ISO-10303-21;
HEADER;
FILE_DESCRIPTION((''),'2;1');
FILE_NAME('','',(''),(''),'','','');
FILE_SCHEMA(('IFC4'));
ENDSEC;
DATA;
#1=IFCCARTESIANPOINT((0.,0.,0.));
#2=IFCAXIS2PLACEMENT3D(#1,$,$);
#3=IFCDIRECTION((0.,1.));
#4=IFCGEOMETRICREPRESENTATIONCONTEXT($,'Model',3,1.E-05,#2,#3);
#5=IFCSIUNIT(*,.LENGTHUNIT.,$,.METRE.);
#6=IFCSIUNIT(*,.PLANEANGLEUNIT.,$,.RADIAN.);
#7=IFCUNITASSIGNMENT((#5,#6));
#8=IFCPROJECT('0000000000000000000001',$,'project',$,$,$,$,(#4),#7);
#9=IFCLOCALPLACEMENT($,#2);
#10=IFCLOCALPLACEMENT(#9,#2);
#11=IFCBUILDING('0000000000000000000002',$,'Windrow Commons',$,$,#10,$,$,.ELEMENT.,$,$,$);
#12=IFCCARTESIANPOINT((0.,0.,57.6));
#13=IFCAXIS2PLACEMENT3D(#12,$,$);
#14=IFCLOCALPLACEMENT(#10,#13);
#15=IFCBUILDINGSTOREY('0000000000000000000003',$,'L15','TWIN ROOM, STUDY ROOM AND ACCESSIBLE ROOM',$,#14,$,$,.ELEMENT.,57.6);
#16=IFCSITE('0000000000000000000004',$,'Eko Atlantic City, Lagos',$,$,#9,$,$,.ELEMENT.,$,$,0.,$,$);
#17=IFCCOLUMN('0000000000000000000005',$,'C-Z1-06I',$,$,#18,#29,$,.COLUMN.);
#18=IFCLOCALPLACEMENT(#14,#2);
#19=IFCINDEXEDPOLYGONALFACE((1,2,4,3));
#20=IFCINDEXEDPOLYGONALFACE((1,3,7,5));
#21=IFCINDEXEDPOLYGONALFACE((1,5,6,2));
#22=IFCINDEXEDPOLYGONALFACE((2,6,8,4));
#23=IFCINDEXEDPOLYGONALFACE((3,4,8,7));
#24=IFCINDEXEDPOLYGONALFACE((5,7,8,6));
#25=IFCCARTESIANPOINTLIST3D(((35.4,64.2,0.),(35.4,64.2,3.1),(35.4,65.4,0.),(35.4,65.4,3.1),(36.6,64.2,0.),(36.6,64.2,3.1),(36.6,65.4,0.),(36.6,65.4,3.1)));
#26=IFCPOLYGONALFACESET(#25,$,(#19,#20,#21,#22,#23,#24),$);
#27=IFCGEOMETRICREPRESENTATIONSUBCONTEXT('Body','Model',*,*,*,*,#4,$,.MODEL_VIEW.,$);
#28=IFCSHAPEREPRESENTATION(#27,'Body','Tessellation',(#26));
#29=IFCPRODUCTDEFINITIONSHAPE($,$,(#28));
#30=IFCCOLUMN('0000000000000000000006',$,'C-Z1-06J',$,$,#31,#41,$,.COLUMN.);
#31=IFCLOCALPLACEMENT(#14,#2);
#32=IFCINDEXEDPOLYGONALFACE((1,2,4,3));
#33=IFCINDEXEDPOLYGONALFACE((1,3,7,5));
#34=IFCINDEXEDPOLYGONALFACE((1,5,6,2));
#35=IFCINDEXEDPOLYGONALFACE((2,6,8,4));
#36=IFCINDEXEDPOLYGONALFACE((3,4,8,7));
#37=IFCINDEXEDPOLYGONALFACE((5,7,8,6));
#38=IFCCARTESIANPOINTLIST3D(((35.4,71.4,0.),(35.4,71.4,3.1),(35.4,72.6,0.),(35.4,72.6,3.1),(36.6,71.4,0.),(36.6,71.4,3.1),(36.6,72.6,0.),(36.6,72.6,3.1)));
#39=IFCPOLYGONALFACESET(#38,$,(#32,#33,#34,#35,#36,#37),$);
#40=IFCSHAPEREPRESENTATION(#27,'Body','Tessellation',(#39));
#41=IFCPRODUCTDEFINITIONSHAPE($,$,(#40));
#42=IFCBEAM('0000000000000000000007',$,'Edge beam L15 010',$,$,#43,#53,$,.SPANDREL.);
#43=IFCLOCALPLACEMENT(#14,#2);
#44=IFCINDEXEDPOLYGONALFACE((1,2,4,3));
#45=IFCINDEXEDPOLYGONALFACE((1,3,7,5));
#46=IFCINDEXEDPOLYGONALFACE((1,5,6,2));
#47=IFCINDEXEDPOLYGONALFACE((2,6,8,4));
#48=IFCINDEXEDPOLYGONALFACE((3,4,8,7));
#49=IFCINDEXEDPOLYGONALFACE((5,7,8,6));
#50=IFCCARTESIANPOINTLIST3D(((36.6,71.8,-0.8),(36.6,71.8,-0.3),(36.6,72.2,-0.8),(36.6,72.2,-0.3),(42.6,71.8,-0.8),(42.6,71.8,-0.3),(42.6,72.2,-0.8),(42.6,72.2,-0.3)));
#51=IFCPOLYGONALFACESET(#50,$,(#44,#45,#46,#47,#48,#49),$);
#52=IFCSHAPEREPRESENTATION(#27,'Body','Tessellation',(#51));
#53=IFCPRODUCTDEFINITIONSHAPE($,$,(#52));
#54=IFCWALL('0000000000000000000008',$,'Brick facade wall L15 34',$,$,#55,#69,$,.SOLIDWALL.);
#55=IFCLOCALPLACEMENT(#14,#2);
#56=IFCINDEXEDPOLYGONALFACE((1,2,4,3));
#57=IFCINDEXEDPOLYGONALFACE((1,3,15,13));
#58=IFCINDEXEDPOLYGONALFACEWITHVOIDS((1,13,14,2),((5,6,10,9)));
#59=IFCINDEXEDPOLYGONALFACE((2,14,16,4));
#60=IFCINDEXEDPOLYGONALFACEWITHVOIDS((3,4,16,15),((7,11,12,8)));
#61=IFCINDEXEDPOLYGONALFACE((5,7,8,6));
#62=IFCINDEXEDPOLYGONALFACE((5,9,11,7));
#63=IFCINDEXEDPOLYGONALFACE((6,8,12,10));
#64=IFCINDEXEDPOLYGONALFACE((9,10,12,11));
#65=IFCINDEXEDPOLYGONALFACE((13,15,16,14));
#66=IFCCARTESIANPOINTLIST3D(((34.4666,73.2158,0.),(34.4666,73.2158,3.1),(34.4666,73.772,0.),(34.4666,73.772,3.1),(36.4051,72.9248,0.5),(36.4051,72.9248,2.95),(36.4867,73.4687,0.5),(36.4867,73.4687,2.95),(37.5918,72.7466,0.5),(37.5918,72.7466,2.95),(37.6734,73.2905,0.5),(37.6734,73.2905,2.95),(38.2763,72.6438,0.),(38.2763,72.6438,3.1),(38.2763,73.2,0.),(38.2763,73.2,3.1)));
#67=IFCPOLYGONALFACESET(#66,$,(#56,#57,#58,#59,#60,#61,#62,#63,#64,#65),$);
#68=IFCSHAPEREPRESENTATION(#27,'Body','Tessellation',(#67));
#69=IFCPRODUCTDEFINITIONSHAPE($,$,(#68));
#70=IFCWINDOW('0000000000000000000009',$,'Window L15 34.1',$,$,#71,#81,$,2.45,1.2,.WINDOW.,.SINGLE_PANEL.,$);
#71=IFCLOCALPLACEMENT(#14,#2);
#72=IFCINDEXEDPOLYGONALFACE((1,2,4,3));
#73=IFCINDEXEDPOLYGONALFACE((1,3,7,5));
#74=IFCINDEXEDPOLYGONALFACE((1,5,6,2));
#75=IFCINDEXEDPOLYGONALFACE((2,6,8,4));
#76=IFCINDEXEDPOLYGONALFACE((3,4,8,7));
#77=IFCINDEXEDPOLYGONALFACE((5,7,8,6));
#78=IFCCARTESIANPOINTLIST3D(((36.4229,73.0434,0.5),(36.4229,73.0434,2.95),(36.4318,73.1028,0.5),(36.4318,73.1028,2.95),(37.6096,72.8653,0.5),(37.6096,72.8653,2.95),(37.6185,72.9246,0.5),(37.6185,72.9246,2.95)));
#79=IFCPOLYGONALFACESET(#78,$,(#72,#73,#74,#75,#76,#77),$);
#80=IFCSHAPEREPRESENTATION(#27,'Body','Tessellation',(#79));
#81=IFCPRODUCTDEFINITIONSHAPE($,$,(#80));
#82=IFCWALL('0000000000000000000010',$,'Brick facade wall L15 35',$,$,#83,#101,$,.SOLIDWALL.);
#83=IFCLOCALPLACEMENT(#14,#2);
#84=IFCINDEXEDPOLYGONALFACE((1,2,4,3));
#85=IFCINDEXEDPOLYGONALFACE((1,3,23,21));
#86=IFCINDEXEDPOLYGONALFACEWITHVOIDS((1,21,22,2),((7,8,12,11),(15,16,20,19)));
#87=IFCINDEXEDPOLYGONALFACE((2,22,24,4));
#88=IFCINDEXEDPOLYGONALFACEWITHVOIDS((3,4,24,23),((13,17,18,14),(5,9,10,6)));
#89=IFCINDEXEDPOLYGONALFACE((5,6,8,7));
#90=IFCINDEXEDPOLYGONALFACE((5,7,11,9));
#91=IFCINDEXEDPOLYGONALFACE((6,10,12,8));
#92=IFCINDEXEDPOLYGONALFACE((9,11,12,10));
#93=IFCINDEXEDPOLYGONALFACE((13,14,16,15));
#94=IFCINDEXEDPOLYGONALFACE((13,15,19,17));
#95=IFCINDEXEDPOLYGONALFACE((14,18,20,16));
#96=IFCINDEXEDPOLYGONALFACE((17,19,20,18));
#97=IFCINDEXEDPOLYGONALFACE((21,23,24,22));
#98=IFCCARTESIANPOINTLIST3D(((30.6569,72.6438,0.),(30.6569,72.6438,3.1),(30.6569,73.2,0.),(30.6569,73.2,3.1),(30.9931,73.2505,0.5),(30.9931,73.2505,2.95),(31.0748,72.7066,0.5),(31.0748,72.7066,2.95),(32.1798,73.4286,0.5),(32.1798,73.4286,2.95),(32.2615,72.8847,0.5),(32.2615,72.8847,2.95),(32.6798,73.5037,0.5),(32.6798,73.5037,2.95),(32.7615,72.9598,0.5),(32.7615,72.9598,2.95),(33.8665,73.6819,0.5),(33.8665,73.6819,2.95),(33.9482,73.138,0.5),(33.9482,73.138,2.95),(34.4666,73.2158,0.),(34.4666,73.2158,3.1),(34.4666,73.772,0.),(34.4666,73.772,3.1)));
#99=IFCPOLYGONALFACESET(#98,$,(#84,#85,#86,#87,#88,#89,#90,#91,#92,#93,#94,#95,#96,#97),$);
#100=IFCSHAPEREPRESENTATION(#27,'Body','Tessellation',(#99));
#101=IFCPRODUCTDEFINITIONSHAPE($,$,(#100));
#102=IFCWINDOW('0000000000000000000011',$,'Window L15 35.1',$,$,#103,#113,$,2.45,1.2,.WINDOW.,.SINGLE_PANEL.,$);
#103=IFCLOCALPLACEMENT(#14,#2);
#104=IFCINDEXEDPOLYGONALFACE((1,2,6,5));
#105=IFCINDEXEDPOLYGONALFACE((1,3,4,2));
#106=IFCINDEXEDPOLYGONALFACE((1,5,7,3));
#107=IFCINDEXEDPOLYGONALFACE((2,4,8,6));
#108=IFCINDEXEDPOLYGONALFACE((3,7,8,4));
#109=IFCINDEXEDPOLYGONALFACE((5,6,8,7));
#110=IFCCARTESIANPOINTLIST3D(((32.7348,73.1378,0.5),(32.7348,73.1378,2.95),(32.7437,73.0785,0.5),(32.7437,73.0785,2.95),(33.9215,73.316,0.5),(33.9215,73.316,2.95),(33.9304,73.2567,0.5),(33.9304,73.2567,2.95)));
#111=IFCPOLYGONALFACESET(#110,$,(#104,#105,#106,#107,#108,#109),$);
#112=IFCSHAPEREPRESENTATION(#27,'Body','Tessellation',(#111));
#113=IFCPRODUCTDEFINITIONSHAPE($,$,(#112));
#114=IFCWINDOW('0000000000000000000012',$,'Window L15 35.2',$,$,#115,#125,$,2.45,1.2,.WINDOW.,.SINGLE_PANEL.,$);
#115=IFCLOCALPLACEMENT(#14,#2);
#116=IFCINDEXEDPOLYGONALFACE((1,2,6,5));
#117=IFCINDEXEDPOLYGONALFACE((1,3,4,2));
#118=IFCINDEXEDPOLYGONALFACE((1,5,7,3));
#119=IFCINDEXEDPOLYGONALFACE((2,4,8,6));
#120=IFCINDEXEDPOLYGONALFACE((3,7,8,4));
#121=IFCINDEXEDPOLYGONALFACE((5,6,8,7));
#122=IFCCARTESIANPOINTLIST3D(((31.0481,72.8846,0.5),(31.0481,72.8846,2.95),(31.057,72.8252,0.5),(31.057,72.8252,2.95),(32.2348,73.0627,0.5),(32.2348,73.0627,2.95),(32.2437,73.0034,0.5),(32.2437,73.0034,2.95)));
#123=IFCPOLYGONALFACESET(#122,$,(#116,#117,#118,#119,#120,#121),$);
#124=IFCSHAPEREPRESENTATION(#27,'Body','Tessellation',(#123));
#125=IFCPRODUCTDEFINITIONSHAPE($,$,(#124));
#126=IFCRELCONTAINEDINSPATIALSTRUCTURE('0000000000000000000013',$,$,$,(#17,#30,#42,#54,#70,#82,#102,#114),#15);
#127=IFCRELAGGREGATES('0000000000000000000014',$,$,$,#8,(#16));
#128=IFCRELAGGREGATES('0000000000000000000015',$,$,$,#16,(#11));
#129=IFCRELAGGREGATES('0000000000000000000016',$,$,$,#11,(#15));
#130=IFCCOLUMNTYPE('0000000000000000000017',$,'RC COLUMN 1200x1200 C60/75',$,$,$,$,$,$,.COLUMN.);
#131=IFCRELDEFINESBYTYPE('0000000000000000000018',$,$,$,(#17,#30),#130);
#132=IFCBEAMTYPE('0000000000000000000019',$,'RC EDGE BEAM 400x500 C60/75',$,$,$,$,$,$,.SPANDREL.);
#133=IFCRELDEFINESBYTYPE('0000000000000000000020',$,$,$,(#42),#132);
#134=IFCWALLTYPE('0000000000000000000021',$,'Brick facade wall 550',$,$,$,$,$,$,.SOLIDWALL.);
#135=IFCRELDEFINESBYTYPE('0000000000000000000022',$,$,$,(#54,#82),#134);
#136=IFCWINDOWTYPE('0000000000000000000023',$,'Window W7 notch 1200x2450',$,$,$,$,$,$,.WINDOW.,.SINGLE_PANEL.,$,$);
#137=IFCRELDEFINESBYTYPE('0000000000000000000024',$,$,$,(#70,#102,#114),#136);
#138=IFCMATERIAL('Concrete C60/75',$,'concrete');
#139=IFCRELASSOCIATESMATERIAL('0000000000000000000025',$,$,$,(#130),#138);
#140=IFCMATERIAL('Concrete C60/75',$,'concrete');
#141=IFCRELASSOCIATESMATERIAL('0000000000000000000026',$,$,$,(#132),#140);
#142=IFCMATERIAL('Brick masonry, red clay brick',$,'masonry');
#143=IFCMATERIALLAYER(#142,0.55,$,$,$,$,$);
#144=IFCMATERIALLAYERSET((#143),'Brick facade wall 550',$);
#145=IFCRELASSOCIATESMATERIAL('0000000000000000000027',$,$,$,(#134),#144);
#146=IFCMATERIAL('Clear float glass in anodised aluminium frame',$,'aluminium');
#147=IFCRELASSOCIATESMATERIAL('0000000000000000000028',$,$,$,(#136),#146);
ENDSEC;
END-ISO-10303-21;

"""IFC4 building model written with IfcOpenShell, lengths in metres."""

from ifc_helpers import new_model, si_unit, direction, frame, frame_2d, origin, origin_2d, place, context, subcontext, project, spatial, polyline, rectangle, outline, extrude, material, layer, layer_set, material_profile, profile_set, type_object, element, fill, save


model = new_model("IFC4")

# Units and contexts
model_context = context("Model", 3, precision=1e-05, world=origin(), true_north=direction((0.0, 1.0)))
body_context = subcontext(model_context, "Body", "Model", "MODEL_VIEW")
ifc_project = project(units=[si_unit("LENGTHUNIT", "METRE"), si_unit("PLANEANGLEUNIT", "RADIAN")], contexts=[model_context])

# Site, building, storey
site_placement = place(None, origin())
site = spatial("IfcSite", under=ifc_project, at=site_placement, Name="Eko Atlantic City, Lagos", CompositionType="ELEMENT", RefElevation=0.0)
building_placement = place(site_placement, origin())
building = spatial("IfcBuilding", under=site, at=building_placement, Name="Windrow Commons", CompositionType="ELEMENT")
storey_placement = place(building_placement, frame((0.0, 0.0, 57.6)))
storey = spatial("IfcBuildingStorey", under=building, at=storey_placement, Name="L15", Description="TWIN ROOM, STUDY ROOM AND ACCESSIBLE ROOM", CompositionType="ELEMENT", Elevation=57.6)

# Columns
ifc_material_1 = material(Name="Concrete C60/75", Category="concrete")
ifc_material_profile_1 = material_profile(ifc_material_1, rectangle(XDim=1.2, YDim=1.2, at=origin_2d()))
ifc_profile_set_1 = profile_set([ifc_material_profile_1], Name="Concrete C60/75")
column_type = type_object("IfcColumnType", Name="RC COLUMN 1200x1200 C60/75", PredefinedType="COLUMN", material=ifc_profile_set_1)
for number, where, z_axis, x_axis, name in (
    (1, (36.0, 64.8, 0.0), (0.0, 0.0, 1.0), (1.0, 0.0, 0.0), "C-Z1-06I"),
    (2, (36.0, 72.0, 0.0), (0.0, 0.0, 1.0), (1.0, 0.0, 0.0), "C-Z1-06J"),
):
    element("IfcColumn", number, at=place(storey_placement, frame(where, z_axis=z_axis, x_axis=x_axis)), inside=storey, type_object=column_type, Name=name, PredefinedType="COLUMN", context=body_context, shape_type="SweptSolid", body=[
        extrude(rectangle(XDim=1.2, YDim=1.2, at=origin_2d()), origin(), (0.0, 0.0, 1.0), 3.1),
    ])

# Beam
ifc_material_2 = material(Name="Concrete C60/75", Category="concrete")
ifc_material_profile_2 = material_profile(ifc_material_2, rectangle(XDim=0.4, YDim=0.5, at=origin_2d()))
ifc_profile_set_2 = profile_set([ifc_material_profile_2], Name="Concrete C60/75")
beam_type = type_object("IfcBeamType", Name="RC EDGE BEAM 400x500 C60/75", PredefinedType="SPANDREL", material=ifc_profile_set_2)
beam_placement = place(storey_placement, frame((36.6, 72.0, -0.55), z_axis=(1.0, 0.0, 0.0), x_axis=(0.0, 1.0, 0.0)))
element("IfcBeam", 3, at=beam_placement, inside=storey, type_object=beam_type, Name="Edge beam L15 010", PredefinedType="SPANDREL", context=body_context, shape_type="SweptSolid", body=[
    extrude(rectangle(XDim=0.4, YDim=0.5, at=origin_2d()), origin(), (0.0, 0.0, 1.0), 6.0),
])

# Wall, opening, window
ifc_material_3 = material(Name="Brick masonry, red clay brick", Category="masonry")
ifc_layer_1 = layer(ifc_material_3, 0.55)
ifc_layer_set_1 = layer_set([ifc_layer_1], Name="Brick facade wall 550")
wall_type_1 = type_object("IfcWallType", Name="Brick facade wall 550", PredefinedType="SOLIDWALL", material=ifc_layer_set_1)
wall_1_placement = place(storey_placement, frame((38.2763, 72.9219, 0.0), z_axis=(0.0, 0.0, 1.0), x_axis=(-0.988916, 0.148479, 0.0)))
wall_1 = element("IfcWall", 4, at=wall_1_placement, inside=storey, type_object=wall_type_1, Name="Brick facade wall L15 34", PredefinedType="SOLIDWALL", context=body_context, shape_type="SweptSolid", body=[
    extrude(outline(polyline([(0.0413, -0.275), (3.8937, -0.275), (3.8111, 0.275), (-0.0413, 0.275), (0.0413, -0.275)])), origin(), (0.0, 0.0, 1.0), 3.1),
])
opening_1_placement = place(wall_1_placement, frame((0.6509, 0.0, 0.5)))
opening_1 = element("IfcOpeningElement", 5, at=opening_1_placement, cuts=wall_1, PredefinedType="OPENING", context=body_context, shape_type="SweptSolid", body=[
    extrude(rectangle(XDim=1.2, YDim=2.45, at=frame_2d((0.6, 1.225))), frame((0.0, 0.285, 0.0), z_axis=(0.0, -1.0, 0.0), x_axis=(1.0, 0.0, 0.0)), (0.0, 0.0, 1.0), 0.57),
])
ifc_material_4 = material(Name="Clear float glass in anodised aluminium frame", Category="aluminium")
window_type = type_object("IfcWindowType", Name="Window W7 notch 1200x2450", PartitioningType="SINGLE_PANEL", PredefinedType="WINDOW", material=ifc_material_4)
window_1_placement = place(opening_1_placement, origin())
window_1 = element("IfcWindow", 6, at=window_1_placement, inside=storey, type_object=window_type, Name="Window L15 34.1", OverallHeight=2.45, OverallWidth=1.2, PartitioningType="SINGLE_PANEL", PredefinedType="WINDOW", context=body_context, shape_type="SweptSolid", body=[
    extrude(rectangle(XDim=1.2, YDim=2.45, at=frame_2d((0.6, 1.225))), frame((0.0, 0.155, 0.0), z_axis=(0.0, -1.0, 0.0), x_axis=(1.0, 0.0, 0.0)), (0.0, 0.0, 1.0), 0.06),
])
fill(opening_1, window_1)

# Wall, openings, windows
wall_2_placement = place(storey_placement, frame((34.4666, 73.4939, 0.0), z_axis=(0.0, 0.0, 1.0), x_axis=(-0.988915, -0.148483, 0.0)))
wall_2 = element("IfcWall", 7, at=wall_2_placement, inside=storey, type_object=wall_type_1, Name="Brick facade wall L15 35", PredefinedType="SOLIDWALL", context=body_context, shape_type="SweptSolid", body=[
    extrude(outline(polyline([(-0.0413, -0.275), (3.8111, -0.275), (3.8937, 0.275), (0.0413, 0.275), (-0.0413, -0.275)])), origin(), (0.0, 0.0, 1.0), 3.1),
])
opening_2_placement = place(wall_2_placement, frame((0.5655, 0.0, 0.5)))
opening_2 = element("IfcOpeningElement", 8, at=opening_2_placement, cuts=wall_2, PredefinedType="OPENING", context=body_context, shape_type="SweptSolid", body=[
    extrude(rectangle(XDim=1.2, YDim=2.45, at=frame_2d((0.6, 1.225))), frame((0.0, 0.285, 0.0), z_axis=(0.0, -1.0, 0.0), x_axis=(1.0, 0.0, 0.0)), (0.0, 0.0, 1.0), 0.57),
])
opening_3_placement = place(wall_2_placement, frame((2.2711, 0.0, 0.5)))
opening_3 = element("IfcOpeningElement", 9, at=opening_3_placement, cuts=wall_2, PredefinedType="OPENING", context=body_context, shape_type="SweptSolid", body=[
    extrude(rectangle(XDim=1.2, YDim=2.45, at=frame_2d((0.6, 1.225))), frame((0.0, 0.285, 0.0), z_axis=(0.0, -1.0, 0.0), x_axis=(1.0, 0.0, 0.0)), (0.0, 0.0, 1.0), 0.57),
])
window_2_placement = place(opening_2_placement, origin())
window_2 = element("IfcWindow", 10, at=window_2_placement, inside=storey, type_object=window_type, Name="Window L15 35.1", OverallHeight=2.45, OverallWidth=1.2, PartitioningType="SINGLE_PANEL", PredefinedType="WINDOW", context=body_context, shape_type="SweptSolid", body=[
    extrude(rectangle(XDim=1.2, YDim=2.45, at=frame_2d((0.6, 1.225))), frame((0.0, 0.155, 0.0), z_axis=(0.0, -1.0, 0.0), x_axis=(1.0, 0.0, 0.0)), (0.0, 0.0, 1.0), 0.06),
])
fill(opening_2, window_2)
window_3_placement = place(opening_3_placement, origin())
window_3 = element("IfcWindow", 11, at=window_3_placement, inside=storey, type_object=window_type, Name="Window L15 35.2", OverallHeight=2.45, OverallWidth=1.2, PartitioningType="SINGLE_PANEL", PredefinedType="WINDOW", context=body_context, shape_type="SweptSolid", body=[
    extrude(rectangle(XDim=1.2, YDim=2.45, at=frame_2d((0.6, 1.225))), frame((0.0, 0.155, 0.0), z_axis=(0.0, -1.0, 0.0), x_axis=(1.0, 0.0, 0.0)), (0.0, 0.0, 1.0), 0.06),
])
fill(opening_3, window_3)

save(model, "model.ifc")
